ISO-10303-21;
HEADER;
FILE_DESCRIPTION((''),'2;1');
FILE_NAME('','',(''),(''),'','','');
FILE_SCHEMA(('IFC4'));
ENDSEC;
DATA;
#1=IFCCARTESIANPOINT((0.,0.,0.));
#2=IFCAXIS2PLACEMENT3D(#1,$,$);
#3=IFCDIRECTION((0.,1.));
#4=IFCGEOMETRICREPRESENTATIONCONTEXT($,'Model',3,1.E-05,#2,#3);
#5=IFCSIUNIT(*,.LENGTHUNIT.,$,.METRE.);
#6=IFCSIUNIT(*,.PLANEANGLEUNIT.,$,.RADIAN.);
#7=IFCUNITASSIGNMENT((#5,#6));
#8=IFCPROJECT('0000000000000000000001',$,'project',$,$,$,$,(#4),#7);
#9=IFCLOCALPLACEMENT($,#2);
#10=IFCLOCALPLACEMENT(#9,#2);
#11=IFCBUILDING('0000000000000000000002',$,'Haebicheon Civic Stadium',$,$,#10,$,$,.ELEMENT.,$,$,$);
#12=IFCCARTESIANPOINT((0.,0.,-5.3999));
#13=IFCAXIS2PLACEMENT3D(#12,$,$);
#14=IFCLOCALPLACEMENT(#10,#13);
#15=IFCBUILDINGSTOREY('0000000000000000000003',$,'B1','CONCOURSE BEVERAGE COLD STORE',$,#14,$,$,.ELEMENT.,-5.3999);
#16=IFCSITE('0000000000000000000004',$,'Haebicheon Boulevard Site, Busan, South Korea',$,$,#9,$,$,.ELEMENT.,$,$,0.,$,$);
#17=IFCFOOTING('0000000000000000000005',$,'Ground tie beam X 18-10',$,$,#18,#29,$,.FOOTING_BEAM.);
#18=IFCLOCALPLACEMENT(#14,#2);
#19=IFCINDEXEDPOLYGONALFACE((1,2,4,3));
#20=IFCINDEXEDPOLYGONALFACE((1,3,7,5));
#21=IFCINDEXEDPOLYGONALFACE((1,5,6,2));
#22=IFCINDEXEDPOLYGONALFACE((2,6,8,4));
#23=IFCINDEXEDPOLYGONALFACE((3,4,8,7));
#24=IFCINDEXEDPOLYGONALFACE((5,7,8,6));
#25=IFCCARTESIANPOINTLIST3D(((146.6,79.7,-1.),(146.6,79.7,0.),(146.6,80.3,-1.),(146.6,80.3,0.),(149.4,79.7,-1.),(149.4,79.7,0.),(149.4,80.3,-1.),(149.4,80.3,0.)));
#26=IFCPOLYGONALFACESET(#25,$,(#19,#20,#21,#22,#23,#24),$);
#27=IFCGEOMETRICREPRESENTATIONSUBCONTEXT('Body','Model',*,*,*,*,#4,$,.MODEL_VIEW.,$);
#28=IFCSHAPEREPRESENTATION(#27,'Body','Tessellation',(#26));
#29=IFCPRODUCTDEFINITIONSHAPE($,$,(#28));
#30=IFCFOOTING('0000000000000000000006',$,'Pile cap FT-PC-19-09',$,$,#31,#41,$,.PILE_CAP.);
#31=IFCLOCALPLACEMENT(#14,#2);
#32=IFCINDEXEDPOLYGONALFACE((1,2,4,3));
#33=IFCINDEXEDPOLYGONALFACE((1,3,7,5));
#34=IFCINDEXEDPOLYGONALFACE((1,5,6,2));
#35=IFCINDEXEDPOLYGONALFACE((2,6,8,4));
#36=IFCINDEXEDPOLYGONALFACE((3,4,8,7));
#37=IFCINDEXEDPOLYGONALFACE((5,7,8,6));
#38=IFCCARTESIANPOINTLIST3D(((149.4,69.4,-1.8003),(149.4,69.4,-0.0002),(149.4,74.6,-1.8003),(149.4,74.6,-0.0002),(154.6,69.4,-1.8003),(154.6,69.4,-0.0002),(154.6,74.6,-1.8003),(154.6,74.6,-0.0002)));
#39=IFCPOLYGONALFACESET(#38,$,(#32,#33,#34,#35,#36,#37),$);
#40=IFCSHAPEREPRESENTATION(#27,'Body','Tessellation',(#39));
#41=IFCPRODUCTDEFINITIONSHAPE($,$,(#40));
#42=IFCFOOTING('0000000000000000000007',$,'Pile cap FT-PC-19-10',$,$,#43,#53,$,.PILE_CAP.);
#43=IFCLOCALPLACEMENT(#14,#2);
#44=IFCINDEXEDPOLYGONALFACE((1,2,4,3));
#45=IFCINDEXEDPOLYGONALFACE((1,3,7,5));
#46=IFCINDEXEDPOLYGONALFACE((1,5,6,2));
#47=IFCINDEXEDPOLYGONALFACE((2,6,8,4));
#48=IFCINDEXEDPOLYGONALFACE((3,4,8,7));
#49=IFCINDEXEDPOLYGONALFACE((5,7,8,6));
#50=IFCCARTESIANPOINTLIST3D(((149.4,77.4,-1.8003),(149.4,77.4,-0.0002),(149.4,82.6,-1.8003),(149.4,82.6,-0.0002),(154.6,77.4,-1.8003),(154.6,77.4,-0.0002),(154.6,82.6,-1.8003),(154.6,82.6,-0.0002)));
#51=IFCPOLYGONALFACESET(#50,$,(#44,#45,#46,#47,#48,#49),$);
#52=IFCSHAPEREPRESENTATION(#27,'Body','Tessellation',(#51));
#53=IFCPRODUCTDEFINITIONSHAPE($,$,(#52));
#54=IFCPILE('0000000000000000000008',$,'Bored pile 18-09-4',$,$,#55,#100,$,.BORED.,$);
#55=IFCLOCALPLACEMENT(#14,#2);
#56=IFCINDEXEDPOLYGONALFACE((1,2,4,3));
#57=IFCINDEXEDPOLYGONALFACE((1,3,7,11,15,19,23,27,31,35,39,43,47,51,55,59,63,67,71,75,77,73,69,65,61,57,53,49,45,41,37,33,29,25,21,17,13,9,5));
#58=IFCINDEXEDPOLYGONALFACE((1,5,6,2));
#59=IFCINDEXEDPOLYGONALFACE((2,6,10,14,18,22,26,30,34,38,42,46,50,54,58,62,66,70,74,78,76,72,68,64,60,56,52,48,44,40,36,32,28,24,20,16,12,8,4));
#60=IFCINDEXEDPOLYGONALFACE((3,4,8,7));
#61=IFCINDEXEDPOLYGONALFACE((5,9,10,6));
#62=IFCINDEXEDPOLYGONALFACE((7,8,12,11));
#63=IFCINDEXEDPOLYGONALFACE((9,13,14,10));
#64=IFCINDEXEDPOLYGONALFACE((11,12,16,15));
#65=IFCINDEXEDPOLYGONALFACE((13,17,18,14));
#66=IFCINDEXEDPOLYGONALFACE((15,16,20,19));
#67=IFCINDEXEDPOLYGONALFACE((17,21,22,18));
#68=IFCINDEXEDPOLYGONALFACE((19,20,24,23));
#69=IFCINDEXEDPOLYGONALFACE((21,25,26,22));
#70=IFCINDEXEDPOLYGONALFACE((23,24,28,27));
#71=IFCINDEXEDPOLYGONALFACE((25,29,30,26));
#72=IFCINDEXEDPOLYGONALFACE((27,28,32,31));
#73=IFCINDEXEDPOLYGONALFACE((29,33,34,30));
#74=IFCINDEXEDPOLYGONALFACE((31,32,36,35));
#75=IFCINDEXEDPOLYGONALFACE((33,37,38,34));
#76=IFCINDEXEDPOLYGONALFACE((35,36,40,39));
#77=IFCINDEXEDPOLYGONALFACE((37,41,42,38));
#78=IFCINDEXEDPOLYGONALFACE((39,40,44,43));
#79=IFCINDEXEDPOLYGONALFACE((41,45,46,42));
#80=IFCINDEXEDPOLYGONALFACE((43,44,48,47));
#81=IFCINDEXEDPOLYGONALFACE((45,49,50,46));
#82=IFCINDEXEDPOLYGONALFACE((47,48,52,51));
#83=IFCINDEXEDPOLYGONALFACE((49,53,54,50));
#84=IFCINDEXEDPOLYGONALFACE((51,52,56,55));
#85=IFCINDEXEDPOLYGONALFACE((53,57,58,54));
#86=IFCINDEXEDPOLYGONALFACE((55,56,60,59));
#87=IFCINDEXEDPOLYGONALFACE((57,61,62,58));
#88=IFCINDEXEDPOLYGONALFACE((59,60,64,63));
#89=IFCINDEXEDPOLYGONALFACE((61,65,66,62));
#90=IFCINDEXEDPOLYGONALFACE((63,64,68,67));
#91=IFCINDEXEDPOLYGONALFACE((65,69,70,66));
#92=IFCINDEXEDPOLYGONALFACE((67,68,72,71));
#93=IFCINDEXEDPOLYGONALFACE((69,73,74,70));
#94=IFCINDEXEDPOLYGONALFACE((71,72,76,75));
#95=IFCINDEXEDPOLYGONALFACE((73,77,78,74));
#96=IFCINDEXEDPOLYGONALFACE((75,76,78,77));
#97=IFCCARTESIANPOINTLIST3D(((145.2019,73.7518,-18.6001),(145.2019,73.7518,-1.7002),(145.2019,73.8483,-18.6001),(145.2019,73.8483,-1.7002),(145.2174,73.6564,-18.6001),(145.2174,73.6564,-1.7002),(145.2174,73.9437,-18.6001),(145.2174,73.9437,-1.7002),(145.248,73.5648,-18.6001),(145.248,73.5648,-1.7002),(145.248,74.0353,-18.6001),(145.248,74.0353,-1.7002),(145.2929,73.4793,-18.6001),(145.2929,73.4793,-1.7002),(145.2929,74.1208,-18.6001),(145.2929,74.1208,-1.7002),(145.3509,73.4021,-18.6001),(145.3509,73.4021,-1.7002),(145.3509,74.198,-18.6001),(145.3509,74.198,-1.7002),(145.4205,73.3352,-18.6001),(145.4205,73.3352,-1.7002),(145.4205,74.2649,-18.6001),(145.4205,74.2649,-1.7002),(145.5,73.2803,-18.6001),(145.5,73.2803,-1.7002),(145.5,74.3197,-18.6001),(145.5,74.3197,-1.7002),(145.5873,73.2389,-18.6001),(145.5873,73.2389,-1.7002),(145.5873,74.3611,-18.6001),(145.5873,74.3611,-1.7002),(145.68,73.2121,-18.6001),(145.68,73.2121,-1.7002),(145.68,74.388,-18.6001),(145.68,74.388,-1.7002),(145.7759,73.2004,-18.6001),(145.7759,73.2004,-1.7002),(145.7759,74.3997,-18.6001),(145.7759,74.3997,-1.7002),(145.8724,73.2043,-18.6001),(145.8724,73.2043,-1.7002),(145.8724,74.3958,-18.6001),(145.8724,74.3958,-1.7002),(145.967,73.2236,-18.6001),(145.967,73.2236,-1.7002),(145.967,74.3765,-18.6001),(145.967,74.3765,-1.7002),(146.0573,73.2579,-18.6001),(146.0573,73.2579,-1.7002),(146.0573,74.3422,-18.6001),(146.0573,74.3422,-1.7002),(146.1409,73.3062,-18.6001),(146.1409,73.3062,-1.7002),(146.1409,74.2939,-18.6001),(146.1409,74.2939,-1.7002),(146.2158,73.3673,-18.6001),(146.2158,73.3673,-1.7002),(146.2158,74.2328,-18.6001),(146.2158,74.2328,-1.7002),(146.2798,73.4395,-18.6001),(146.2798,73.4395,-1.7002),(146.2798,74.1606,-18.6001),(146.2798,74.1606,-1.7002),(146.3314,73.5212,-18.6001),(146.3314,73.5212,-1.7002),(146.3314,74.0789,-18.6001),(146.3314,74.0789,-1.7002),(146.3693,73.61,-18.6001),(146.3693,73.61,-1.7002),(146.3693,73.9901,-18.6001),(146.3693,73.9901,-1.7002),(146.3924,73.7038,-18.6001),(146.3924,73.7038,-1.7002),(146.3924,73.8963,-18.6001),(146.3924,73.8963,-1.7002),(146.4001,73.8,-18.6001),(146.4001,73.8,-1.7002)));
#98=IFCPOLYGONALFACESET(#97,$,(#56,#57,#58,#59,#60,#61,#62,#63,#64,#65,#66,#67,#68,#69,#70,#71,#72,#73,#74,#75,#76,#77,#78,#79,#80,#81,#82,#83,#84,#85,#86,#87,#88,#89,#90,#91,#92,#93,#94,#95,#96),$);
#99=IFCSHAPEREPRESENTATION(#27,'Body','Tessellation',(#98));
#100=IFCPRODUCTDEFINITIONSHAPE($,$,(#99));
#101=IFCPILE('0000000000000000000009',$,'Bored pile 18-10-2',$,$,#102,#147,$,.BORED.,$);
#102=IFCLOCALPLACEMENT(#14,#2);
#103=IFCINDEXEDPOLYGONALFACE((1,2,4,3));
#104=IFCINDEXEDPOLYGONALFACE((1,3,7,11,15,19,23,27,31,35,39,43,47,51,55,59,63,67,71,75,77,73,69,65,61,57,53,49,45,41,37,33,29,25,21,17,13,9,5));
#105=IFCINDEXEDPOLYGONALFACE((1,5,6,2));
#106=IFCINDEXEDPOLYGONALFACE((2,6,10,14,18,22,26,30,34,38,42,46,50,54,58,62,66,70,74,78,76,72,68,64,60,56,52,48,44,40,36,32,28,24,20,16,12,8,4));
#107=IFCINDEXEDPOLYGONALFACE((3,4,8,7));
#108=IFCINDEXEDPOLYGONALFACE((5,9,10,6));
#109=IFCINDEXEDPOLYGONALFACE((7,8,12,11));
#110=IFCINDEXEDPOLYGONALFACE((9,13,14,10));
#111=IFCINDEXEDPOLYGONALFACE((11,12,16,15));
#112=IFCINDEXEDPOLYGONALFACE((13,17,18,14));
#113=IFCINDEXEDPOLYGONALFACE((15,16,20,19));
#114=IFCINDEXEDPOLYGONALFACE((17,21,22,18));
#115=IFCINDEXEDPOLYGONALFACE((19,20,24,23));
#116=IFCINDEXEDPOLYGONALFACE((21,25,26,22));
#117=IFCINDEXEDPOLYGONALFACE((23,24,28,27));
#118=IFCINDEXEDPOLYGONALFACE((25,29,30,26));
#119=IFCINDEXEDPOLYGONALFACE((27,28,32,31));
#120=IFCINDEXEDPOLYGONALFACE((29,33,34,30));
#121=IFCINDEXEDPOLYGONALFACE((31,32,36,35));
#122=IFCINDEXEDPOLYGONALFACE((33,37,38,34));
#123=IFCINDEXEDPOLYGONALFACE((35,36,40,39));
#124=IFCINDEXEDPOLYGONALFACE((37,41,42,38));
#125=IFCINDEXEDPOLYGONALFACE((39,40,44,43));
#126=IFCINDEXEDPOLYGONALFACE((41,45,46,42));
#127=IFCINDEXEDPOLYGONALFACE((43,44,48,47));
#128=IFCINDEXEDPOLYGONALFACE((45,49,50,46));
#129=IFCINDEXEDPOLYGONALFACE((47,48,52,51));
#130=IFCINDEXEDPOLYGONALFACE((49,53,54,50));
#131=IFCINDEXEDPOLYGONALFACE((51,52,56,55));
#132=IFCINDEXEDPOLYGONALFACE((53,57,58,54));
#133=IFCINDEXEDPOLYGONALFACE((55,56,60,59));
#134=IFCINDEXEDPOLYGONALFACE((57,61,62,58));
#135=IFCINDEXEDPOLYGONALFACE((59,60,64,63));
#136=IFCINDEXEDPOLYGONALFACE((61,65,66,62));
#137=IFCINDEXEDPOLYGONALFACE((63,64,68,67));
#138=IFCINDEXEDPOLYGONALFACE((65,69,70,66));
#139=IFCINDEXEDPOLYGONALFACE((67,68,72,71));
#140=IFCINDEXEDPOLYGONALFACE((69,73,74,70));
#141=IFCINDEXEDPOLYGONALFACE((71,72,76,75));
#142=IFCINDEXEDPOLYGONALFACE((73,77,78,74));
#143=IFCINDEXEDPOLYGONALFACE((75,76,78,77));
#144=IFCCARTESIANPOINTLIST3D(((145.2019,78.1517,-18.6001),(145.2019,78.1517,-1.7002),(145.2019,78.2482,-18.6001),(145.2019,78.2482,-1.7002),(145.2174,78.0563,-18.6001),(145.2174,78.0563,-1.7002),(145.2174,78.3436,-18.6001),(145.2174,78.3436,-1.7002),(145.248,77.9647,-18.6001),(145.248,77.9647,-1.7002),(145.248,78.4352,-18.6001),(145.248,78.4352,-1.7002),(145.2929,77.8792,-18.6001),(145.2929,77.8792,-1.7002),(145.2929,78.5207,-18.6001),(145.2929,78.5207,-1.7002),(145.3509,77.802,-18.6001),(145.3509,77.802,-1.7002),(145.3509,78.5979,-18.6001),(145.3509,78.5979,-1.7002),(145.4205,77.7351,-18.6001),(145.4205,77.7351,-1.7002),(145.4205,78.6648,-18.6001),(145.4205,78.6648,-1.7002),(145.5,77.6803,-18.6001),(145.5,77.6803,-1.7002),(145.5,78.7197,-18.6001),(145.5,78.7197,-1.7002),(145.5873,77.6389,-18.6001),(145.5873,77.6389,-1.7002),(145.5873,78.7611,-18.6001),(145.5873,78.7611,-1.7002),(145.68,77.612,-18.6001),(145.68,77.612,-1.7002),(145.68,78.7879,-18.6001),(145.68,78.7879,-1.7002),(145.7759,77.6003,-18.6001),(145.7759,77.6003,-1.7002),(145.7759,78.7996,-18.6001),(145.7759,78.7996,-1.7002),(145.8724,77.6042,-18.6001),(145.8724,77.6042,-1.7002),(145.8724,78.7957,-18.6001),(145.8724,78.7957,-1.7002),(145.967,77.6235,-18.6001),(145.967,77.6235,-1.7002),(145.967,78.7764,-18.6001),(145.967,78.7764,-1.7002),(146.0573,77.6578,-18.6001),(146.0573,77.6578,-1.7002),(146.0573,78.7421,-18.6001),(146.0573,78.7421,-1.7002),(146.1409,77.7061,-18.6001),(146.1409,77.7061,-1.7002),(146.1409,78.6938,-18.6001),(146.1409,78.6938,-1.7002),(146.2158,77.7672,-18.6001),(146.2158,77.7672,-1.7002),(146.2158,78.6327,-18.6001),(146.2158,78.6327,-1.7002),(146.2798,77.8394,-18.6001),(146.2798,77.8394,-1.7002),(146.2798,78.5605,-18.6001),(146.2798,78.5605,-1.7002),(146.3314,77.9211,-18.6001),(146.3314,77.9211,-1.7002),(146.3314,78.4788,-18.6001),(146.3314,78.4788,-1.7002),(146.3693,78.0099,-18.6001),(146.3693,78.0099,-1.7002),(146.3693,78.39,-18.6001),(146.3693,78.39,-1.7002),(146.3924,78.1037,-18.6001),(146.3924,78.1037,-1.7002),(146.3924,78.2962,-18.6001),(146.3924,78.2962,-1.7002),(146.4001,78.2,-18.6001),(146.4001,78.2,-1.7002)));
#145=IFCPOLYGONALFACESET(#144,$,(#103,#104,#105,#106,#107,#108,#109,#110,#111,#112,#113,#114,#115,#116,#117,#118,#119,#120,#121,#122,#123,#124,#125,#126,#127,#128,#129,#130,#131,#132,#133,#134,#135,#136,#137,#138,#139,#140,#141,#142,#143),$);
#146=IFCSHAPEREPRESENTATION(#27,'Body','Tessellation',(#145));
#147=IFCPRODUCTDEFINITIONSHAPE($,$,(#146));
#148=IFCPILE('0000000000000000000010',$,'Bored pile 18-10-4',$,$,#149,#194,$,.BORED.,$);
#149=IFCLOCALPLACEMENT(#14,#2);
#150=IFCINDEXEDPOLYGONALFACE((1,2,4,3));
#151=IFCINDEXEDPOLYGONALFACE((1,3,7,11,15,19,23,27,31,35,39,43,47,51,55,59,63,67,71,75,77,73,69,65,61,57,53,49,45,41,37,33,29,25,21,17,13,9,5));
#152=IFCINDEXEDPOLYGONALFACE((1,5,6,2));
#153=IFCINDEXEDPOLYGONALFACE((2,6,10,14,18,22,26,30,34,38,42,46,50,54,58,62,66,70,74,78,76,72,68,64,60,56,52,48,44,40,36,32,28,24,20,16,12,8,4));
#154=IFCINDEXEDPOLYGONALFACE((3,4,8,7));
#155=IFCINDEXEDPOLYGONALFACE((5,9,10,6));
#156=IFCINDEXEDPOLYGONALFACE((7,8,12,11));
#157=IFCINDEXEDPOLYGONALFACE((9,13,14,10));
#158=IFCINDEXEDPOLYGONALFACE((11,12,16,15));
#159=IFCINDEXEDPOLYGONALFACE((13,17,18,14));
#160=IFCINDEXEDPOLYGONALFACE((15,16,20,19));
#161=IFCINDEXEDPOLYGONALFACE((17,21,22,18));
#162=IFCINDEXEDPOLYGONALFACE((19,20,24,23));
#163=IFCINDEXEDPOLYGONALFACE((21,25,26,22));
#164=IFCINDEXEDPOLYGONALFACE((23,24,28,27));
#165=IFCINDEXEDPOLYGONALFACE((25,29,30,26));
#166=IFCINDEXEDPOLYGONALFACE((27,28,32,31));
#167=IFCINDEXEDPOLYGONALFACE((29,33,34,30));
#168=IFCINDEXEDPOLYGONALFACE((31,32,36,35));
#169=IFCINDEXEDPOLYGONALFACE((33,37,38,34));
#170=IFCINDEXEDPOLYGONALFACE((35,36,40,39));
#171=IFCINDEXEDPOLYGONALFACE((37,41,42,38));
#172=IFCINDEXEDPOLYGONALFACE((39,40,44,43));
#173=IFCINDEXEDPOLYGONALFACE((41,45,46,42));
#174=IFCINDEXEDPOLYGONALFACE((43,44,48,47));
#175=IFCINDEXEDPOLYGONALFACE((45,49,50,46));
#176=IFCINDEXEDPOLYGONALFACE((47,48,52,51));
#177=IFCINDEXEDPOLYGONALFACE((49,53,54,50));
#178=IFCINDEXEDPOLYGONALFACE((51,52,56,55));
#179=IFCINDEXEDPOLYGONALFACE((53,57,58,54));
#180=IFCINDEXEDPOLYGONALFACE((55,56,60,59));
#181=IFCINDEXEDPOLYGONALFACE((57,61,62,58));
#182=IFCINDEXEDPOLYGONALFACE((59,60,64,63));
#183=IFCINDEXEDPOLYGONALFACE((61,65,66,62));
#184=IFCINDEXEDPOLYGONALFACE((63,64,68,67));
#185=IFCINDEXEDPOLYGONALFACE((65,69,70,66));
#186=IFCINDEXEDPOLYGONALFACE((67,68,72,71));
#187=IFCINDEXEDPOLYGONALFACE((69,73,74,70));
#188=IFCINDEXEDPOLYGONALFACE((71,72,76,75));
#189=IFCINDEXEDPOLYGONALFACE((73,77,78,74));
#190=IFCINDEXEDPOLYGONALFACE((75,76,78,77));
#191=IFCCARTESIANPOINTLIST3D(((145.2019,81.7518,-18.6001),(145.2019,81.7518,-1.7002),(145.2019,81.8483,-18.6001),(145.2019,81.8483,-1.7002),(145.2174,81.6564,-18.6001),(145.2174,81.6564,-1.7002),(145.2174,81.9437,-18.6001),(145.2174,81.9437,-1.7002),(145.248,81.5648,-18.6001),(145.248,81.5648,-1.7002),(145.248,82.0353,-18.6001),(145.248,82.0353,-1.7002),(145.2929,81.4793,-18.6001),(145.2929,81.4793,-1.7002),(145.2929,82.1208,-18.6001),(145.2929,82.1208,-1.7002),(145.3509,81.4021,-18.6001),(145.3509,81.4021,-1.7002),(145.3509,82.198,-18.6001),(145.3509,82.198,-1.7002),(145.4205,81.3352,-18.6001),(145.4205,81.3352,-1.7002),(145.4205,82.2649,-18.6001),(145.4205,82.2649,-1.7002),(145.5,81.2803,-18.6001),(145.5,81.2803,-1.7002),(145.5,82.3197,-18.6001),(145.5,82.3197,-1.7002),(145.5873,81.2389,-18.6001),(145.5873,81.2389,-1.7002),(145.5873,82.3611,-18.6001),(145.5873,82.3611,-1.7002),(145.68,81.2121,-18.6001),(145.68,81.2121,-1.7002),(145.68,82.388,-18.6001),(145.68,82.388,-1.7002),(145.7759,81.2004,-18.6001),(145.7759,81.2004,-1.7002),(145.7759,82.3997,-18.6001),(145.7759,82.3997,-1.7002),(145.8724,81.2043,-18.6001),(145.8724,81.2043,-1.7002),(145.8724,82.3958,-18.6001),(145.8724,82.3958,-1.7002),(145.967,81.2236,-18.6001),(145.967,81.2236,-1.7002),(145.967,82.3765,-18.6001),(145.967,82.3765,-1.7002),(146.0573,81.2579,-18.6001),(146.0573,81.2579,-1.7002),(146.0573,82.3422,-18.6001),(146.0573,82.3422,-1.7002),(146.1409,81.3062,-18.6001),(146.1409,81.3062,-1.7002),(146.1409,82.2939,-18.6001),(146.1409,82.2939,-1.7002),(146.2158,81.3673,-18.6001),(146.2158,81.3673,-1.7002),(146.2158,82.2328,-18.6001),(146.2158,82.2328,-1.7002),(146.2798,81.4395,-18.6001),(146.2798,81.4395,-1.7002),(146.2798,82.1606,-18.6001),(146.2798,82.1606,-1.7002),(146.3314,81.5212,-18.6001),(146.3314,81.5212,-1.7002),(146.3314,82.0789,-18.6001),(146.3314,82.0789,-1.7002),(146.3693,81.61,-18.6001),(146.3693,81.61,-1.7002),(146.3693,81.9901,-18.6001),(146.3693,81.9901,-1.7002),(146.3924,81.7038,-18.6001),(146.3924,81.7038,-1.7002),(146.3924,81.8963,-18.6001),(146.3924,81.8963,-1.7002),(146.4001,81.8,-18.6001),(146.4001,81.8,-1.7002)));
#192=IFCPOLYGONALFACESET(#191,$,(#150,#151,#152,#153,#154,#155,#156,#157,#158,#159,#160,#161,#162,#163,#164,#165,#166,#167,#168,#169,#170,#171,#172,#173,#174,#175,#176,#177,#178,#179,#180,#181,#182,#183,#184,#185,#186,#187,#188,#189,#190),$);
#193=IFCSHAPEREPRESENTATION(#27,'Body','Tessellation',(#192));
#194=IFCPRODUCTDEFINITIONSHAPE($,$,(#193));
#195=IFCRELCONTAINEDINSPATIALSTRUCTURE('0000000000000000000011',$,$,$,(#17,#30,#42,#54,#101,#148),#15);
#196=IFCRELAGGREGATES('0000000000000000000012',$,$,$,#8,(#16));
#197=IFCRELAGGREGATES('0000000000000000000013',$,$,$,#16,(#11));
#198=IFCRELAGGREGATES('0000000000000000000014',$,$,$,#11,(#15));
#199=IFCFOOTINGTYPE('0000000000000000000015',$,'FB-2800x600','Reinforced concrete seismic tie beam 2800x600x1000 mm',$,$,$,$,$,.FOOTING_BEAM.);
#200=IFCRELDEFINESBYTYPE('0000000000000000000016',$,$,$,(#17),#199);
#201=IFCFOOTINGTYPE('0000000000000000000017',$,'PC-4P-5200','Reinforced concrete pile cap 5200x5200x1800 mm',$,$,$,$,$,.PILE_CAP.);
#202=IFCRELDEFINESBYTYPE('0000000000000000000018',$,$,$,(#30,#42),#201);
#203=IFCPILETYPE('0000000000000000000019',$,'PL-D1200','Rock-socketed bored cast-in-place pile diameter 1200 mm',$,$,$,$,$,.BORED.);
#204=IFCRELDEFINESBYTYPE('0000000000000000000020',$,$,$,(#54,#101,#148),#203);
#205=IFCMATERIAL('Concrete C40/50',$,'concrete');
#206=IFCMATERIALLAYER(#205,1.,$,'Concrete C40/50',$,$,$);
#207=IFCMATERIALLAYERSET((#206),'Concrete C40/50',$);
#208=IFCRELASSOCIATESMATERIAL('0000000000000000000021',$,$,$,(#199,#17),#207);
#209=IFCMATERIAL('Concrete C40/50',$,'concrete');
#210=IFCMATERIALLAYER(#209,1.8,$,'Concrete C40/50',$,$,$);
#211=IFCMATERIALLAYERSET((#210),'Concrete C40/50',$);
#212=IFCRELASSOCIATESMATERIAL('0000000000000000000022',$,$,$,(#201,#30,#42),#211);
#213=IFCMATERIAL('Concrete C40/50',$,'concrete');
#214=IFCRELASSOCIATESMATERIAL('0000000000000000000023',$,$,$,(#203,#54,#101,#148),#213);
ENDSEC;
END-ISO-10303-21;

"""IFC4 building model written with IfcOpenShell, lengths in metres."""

from ifc_helpers import new_model, si_unit, direction, frame, origin, origin_2d, place, context, subcontext, project, spatial, rectangle, circle, extrude, material, layer, layer_set, material_profile, profile_set, type_object, element, save


model = new_model("IFC4")

# Units and contexts
model_context = context("Model", 3, precision=1e-05, world=origin(), true_north=direction((0.0, 1.0)))
body_context = subcontext(model_context, "Body", "Model", "MODEL_VIEW")
ifc_project = project(units=[si_unit("LENGTHUNIT", "METRE"), si_unit("PLANEANGLEUNIT", "RADIAN")], contexts=[model_context])

# Site, building, storey
site_placement = place(None, origin())
site = spatial("IfcSite", under=ifc_project, at=site_placement, Name="Haebicheon Boulevard Site, Busan, South Korea", CompositionType="ELEMENT", RefElevation=0.0)
building_placement = place(site_placement, origin())
building = spatial("IfcBuilding", under=site, at=building_placement, Name="Haebicheon Civic Stadium", CompositionType="ELEMENT")
storey_placement = place(building_placement, frame((0.0, 0.0, -5.3999)))
storey = spatial("IfcBuildingStorey", under=building, at=storey_placement, Name="B1", Description="CONCOURSE BEVERAGE COLD STORE", CompositionType="ELEMENT", Elevation=-5.3999)

# Footings
ifc_material_1 = material(Name="Concrete C40/50", Category="concrete")
ifc_layer_1 = layer(ifc_material_1, 1.0, Name="Concrete C40/50")
ifc_layer_set_1 = layer_set([ifc_layer_1], Name="Concrete C40/50")
footing_type_1 = type_object("IfcFootingType", Name="FB-2800x600", Description="Reinforced concrete seismic tie beam 2800x600x1000 mm", PredefinedType="FOOTING_BEAM", material=ifc_layer_set_1)
footing_placement = place(storey_placement, frame((148.0, 80.0, -1.0), z_axis=(0.0, 0.0, 1.0), x_axis=(1.0, 0.0, 0.0)))
element("IfcFooting", 1, at=footing_placement, inside=storey, type_object=footing_type_1, material=ifc_layer_set_1, Name="Ground tie beam X 18-10", PredefinedType="FOOTING_BEAM", context=body_context, shape_type="SweptSolid", body=[
    extrude(rectangle(XDim=2.8, YDim=0.6001, at=origin_2d()), origin(), (0.0, 0.0, 1.0), 1.0),
])
ifc_material_2 = material(Name="Concrete C40/50", Category="concrete")
ifc_layer_2 = layer(ifc_material_2, 1.8, Name="Concrete C40/50")
ifc_layer_set_2 = layer_set([ifc_layer_2], Name="Concrete C40/50")
footing_type_2 = type_object("IfcFootingType", Name="PC-4P-5200", Description="Reinforced concrete pile cap 5200x5200x1800 mm", PredefinedType="PILE_CAP", material=ifc_layer_set_2)
for number, where, z_axis, x_axis, name in (
    (2, (152.0, 72.0, -1.8003), (0.0, 0.0, 1.0), (1.0, 0.0, 0.0), "Pile cap FT-PC-19-09"),
    (3, (152.0, 80.0, -1.8003), (0.0, 0.0, 1.0), (1.0, 0.0, 0.0), "Pile cap FT-PC-19-10"),
):
    element("IfcFooting", number, at=place(storey_placement, frame(where, z_axis=z_axis, x_axis=x_axis)), inside=storey, type_object=footing_type_2, material=ifc_layer_set_2, Name=name, PredefinedType="PILE_CAP", context=body_context, shape_type="SweptSolid", body=[
        extrude(rectangle(XDim=5.2, YDim=5.2, at=origin_2d()), origin(), (0.0, 0.0, 1.0), 1.8),
    ])

# Piles
ifc_material_3 = material(Name="Concrete C40/50", Category="concrete")
ifc_material_profile_1 = material_profile(ifc_material_3, circle(Radius=0.6001, at=origin_2d()), Name="PILE-D1200")
ifc_profile_set_1 = profile_set([ifc_material_profile_1], Name="Concrete C40/50")
pile_type = type_object("IfcPileType", Name="PL-D1200", Description="Rock-socketed bored cast-in-place pile diameter 1200 mm", PredefinedType="BORED", material=ifc_profile_set_1)
for number, where, z_axis, x_axis, name in (
    (4, (145.8, 73.8, -1.7002), (0.0, 0.0, -1.0), (1.0, 0.0, 0.0), "Bored pile 18-09-4"),
    (5, (145.8, 78.2, -1.7002), (0.0, 0.0, -1.0), (1.0, 0.0, 0.0), "Bored pile 18-10-2"),
    (6, (145.8, 81.8, -1.7002), (0.0, 0.0, -1.0), (1.0, 0.0, 0.0), "Bored pile 18-10-4"),
):
    element("IfcPile", number, at=place(storey_placement, frame(where, z_axis=z_axis, x_axis=x_axis)), inside=storey, type_object=pile_type, material=ifc_profile_set_1, Name=name, PredefinedType="BORED", context=body_context, shape_type="SweptSolid", body=[
        extrude(circle(Radius=0.6001, at=origin_2d()), origin(), (0.0, 0.0, 1.0), 16.8999),
    ])

save(model, "model.ifc")
